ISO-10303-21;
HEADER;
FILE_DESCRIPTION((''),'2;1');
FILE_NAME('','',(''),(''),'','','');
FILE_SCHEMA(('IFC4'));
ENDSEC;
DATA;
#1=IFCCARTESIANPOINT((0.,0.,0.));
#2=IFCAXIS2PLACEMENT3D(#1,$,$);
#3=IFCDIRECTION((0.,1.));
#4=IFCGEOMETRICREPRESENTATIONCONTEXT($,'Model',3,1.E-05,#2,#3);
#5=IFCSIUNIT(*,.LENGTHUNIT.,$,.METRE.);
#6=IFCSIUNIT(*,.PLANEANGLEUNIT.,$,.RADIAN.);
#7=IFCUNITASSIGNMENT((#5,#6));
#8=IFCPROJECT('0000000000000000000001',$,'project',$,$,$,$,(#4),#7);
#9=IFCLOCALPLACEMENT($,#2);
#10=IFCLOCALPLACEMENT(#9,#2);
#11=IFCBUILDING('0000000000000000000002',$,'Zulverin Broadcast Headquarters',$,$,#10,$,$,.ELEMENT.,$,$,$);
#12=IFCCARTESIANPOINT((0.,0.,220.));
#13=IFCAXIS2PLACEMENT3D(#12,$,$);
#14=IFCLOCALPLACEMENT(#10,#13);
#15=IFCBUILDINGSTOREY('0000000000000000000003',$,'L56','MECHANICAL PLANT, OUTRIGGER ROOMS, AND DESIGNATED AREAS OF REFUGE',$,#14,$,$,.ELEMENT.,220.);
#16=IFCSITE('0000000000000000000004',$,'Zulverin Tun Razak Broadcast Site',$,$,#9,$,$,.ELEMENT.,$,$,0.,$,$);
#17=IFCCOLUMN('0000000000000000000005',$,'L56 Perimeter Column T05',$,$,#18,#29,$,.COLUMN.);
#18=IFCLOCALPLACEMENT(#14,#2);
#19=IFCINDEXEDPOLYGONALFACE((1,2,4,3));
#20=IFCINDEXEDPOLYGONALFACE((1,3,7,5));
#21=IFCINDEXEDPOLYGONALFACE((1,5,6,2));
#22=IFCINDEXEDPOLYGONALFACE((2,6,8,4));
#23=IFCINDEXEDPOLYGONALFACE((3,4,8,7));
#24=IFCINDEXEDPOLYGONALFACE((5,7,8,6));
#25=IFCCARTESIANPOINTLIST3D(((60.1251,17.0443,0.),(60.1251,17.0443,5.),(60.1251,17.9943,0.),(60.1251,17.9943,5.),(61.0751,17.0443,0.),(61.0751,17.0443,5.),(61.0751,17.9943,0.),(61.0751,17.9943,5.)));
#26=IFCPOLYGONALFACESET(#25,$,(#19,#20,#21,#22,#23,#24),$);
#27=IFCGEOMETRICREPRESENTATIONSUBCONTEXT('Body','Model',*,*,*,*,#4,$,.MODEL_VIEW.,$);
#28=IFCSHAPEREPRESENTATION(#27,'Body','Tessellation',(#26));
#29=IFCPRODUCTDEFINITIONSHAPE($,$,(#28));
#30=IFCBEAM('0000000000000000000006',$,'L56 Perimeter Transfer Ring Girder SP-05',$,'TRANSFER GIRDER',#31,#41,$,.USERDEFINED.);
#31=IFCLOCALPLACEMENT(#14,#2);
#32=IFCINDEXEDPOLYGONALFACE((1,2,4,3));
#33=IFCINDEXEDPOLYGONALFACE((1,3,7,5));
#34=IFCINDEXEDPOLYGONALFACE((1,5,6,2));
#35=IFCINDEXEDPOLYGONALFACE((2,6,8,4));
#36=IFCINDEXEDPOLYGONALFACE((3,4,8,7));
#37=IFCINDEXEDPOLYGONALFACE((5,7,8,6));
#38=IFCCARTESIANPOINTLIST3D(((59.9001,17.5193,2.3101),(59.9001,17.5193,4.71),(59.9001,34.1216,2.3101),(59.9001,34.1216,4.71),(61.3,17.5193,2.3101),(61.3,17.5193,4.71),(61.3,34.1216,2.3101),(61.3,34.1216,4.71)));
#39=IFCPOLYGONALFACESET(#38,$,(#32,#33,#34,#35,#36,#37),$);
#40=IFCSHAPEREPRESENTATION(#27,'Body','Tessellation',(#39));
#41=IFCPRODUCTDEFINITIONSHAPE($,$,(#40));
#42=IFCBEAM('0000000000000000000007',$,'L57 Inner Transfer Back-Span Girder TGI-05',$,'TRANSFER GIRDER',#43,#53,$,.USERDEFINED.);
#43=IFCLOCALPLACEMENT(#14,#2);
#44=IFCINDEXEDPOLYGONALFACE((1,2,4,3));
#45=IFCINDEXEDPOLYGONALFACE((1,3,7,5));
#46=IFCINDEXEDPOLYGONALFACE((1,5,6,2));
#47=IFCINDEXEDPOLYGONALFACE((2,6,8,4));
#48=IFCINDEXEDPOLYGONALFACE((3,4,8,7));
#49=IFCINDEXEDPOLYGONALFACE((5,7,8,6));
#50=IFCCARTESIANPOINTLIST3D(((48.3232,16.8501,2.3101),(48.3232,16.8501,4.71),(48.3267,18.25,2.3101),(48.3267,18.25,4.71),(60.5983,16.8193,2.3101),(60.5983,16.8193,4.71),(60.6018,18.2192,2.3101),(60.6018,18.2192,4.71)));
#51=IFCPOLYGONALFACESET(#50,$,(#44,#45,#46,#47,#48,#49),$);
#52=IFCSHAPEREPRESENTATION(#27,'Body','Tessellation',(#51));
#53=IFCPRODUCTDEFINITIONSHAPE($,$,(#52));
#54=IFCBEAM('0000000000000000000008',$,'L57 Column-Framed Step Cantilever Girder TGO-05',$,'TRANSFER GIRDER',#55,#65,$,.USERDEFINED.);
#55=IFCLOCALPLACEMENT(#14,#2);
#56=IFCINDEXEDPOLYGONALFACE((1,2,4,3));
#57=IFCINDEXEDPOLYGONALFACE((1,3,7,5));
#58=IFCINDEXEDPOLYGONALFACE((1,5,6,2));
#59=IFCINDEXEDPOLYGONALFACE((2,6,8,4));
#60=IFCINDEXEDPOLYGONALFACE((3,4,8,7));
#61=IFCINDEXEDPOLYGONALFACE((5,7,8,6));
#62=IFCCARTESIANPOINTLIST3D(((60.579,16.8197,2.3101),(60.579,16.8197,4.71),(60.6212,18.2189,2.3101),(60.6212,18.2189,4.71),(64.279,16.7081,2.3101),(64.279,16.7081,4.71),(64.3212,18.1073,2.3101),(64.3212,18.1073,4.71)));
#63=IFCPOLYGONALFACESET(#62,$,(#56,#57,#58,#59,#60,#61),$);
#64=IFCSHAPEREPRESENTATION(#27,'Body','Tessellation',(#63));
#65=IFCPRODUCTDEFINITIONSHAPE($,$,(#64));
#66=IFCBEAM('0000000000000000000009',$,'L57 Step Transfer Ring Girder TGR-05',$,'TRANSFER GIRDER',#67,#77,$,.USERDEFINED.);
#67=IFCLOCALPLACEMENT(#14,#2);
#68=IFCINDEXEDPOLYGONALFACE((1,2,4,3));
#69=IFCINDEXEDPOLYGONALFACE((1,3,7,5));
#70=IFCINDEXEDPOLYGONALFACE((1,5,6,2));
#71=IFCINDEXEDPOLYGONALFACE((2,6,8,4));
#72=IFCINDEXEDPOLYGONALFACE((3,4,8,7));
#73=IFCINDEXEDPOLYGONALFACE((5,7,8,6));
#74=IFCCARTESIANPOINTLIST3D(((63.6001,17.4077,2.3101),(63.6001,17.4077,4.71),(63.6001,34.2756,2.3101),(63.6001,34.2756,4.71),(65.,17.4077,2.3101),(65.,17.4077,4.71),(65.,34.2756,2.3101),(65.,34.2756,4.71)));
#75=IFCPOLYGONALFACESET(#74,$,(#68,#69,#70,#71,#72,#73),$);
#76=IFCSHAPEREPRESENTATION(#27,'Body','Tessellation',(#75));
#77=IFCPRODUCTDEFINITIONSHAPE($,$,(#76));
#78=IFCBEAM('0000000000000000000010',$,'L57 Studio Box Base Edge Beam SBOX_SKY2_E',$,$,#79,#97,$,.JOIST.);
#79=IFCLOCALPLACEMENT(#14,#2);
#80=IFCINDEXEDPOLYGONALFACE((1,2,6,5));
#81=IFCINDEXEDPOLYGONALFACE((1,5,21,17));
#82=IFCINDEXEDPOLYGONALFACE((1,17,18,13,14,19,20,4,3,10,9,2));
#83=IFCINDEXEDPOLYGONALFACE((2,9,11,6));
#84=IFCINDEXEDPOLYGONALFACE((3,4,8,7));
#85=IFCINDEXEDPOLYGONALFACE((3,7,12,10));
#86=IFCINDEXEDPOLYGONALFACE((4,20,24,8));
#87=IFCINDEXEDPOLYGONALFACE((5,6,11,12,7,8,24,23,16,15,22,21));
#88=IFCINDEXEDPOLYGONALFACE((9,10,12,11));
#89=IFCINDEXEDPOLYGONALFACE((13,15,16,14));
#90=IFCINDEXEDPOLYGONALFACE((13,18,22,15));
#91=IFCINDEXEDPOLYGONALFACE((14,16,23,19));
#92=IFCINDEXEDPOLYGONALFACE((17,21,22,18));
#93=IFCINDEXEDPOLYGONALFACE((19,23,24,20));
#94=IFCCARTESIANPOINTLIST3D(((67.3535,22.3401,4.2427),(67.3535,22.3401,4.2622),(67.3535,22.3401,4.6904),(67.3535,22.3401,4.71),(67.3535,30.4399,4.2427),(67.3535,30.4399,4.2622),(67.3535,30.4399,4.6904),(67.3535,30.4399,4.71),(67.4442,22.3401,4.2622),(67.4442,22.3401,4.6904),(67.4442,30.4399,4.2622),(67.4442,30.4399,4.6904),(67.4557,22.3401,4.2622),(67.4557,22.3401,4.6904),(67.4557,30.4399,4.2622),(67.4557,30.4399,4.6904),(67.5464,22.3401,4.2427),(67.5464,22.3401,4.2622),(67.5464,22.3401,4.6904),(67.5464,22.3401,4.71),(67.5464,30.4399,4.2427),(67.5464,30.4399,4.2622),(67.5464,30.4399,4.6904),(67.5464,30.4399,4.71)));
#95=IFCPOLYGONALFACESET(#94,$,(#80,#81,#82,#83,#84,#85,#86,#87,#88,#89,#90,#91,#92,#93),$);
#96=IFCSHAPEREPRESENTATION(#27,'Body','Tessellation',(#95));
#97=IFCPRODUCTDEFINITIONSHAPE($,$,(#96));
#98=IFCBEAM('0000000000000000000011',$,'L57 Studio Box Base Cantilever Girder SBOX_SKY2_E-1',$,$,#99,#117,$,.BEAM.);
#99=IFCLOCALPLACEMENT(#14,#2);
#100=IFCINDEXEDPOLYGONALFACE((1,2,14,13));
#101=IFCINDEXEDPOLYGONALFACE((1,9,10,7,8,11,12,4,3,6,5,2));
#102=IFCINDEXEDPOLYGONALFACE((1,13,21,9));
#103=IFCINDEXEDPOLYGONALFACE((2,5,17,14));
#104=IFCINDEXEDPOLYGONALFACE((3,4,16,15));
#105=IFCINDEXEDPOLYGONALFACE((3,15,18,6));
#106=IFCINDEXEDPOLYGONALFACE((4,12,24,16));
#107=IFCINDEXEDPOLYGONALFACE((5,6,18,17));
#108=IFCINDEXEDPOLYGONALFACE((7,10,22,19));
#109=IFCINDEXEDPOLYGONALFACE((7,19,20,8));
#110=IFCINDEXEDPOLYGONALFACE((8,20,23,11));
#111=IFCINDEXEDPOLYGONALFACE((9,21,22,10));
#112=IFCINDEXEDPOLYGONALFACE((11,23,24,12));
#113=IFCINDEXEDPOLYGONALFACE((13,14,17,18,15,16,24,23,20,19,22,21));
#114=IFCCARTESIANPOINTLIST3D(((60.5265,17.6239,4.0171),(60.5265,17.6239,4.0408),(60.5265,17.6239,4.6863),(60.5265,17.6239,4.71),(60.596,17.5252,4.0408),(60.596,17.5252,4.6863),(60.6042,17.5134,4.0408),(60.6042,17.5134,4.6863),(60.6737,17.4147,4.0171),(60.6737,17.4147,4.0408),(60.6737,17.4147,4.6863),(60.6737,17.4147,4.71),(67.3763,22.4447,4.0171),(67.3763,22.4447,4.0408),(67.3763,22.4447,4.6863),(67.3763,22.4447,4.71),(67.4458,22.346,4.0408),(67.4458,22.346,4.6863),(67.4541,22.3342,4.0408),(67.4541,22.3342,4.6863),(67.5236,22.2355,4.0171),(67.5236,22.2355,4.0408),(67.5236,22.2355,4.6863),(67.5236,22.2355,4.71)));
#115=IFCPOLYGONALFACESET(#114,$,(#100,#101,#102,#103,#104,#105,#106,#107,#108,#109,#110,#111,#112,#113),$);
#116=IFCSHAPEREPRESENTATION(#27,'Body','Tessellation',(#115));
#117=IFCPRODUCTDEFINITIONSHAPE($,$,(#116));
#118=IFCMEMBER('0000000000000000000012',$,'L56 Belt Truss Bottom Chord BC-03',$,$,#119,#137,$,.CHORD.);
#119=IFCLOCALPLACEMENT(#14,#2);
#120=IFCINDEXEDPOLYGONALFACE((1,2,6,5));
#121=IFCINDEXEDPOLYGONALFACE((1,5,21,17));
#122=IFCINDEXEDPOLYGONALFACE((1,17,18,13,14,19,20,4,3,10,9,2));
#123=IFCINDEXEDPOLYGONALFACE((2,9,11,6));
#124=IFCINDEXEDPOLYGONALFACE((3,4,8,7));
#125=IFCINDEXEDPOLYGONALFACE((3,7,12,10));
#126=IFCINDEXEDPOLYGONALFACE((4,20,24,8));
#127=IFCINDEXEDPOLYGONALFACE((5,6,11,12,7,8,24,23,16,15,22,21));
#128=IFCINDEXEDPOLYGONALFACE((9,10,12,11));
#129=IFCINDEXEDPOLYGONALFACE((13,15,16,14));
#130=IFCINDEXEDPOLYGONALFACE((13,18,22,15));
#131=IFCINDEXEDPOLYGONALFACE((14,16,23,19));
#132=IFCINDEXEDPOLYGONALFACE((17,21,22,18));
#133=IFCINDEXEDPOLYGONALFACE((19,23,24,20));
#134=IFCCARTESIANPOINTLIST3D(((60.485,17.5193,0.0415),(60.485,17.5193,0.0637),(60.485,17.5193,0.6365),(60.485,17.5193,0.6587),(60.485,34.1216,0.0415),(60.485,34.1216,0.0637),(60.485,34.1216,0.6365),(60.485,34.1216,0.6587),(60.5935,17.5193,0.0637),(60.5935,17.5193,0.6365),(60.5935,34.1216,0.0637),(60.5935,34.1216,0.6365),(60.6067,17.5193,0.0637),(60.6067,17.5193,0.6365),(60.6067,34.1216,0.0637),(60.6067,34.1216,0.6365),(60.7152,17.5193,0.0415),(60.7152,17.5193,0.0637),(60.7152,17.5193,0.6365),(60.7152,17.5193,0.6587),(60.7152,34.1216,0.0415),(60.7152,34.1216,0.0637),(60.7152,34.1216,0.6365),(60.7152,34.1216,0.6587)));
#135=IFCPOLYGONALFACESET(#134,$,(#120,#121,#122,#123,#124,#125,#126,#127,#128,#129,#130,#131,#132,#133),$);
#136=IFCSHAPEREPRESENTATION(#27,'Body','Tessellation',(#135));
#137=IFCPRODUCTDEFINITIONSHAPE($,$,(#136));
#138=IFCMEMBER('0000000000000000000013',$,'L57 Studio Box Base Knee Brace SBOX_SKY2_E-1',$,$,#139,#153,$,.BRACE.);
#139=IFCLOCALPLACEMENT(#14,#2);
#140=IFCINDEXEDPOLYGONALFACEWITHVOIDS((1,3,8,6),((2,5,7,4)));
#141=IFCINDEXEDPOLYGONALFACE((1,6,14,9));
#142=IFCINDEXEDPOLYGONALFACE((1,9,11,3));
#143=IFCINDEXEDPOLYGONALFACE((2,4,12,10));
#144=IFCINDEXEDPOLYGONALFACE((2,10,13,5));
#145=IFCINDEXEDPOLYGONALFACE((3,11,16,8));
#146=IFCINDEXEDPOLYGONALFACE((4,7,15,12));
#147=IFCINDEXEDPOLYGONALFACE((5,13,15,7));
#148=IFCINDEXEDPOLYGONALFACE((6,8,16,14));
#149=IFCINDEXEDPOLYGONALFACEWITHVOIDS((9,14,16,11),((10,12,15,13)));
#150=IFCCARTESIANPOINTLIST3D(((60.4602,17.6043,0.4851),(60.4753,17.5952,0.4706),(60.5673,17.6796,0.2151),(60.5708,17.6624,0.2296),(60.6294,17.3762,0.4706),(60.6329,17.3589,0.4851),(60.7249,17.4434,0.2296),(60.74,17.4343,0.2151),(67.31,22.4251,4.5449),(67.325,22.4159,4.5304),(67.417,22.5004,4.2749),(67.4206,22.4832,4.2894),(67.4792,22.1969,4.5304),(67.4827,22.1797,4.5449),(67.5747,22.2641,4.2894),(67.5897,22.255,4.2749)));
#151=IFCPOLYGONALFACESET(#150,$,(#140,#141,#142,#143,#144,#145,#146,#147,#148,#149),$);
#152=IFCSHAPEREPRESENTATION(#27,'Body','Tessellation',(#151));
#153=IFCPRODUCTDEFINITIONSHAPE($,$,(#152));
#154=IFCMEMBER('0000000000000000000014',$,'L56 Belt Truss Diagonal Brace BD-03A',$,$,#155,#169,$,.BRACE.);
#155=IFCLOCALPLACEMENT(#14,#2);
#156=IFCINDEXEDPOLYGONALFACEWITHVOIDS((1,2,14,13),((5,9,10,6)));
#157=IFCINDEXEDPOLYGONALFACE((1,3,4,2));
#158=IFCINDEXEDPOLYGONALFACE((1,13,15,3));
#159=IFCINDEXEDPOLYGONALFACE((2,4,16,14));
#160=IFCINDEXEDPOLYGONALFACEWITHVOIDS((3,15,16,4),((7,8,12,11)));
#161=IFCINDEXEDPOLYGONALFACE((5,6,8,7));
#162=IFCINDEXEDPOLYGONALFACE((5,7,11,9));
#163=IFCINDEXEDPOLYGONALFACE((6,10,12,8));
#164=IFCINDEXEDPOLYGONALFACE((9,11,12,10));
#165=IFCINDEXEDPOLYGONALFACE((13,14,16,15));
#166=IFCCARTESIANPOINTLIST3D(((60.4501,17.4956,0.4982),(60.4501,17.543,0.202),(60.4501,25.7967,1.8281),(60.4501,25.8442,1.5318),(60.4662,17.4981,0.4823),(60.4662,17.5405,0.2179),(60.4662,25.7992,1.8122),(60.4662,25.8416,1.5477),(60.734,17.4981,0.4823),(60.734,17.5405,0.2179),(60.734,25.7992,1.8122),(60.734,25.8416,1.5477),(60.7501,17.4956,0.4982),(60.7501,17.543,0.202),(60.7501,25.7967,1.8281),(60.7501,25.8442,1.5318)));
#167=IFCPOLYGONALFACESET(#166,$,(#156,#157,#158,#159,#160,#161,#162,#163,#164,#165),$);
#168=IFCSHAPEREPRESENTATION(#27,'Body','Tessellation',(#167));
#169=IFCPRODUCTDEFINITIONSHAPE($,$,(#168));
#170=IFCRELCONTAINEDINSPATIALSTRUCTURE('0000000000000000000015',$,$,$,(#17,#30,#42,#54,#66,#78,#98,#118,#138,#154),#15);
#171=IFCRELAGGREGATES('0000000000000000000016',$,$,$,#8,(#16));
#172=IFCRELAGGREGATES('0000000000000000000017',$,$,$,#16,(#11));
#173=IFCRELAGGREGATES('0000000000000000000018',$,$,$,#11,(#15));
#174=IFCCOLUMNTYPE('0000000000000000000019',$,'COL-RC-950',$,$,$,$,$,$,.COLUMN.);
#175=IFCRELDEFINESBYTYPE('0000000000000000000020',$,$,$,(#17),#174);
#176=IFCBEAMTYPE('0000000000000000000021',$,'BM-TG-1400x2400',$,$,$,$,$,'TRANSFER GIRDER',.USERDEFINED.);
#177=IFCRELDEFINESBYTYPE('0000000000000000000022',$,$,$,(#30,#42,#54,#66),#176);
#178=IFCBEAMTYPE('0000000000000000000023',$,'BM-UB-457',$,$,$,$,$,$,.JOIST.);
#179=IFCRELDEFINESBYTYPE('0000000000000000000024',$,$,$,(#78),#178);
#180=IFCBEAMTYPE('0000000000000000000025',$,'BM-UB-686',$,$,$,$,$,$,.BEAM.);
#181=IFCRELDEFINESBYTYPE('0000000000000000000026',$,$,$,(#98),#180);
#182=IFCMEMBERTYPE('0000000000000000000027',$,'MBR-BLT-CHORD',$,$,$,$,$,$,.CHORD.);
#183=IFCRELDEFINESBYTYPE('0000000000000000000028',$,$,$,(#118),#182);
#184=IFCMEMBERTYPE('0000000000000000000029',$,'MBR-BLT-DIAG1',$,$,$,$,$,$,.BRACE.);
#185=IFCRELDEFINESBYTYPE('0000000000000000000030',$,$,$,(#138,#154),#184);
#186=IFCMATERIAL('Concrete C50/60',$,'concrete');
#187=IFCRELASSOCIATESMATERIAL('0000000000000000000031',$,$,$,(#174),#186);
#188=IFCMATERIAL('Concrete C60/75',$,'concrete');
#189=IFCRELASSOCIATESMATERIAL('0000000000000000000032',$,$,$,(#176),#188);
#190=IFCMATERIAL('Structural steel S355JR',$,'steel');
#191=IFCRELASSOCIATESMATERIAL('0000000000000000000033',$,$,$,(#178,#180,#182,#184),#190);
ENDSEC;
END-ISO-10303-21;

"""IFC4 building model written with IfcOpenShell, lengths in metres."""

from ifc_helpers import new_model, si_unit, direction, frame, origin, origin_2d, place, context, subcontext, project, spatial, rectangle, hollow_rectangle, i_section, extrude, material, material_profile, profile_set, type_object, element, save


model = new_model("IFC4")

# Units and contexts
model_context = context("Model", 3, precision=1e-05, world=origin(), true_north=direction((0.0, 1.0)))
body_context = subcontext(model_context, "Body", "Model", "MODEL_VIEW")
ifc_project = project(units=[si_unit("LENGTHUNIT", "METRE"), si_unit("PLANEANGLEUNIT", "RADIAN")], contexts=[model_context])

# Site, building, storey
site_placement = place(None, origin())
site = spatial("IfcSite", under=ifc_project, at=site_placement, Name="Zulverin Tun Razak Broadcast Site", CompositionType="ELEMENT", RefElevation=0.0)
building_placement = place(site_placement, origin())
building = spatial("IfcBuilding", under=site, at=building_placement, Name="Zulverin Broadcast Headquarters", CompositionType="ELEMENT")
storey_placement = place(building_placement, frame((0.0, 0.0, 220.0)))
storey = spatial("IfcBuildingStorey", under=building, at=storey_placement, Name="L56", Description="MECHANICAL PLANT, OUTRIGGER ROOMS, AND DESIGNATED AREAS OF REFUGE", CompositionType="ELEMENT", Elevation=220.0)

# Column
ifc_material_1 = material(Name="Concrete C50/60", Category="concrete")
ifc_material_profile_1 = material_profile(ifc_material_1, rectangle(XDim=0.95, YDim=0.95, at=origin_2d()), Name="Concrete C50/60", Category="concrete")
ifc_profile_set_1 = profile_set([ifc_material_profile_1], Name="Concrete C50/60")
column_type = type_object("IfcColumnType", Name="COL-RC-950", PredefinedType="COLUMN", material=ifc_profile_set_1)
column_placement = place(storey_placement, frame((60.6001, 17.5193, 0.0), z_axis=(0.0, 0.0, 1.0), x_axis=(1.0, 0.0, 0.0)))
element("IfcColumn", 1, at=column_placement, inside=storey, type_object=column_type, Name="L56 Perimeter Column T05", PredefinedType="COLUMN", context=body_context, shape_type="SweptSolid", body=[
    extrude(rectangle(XDim=0.95, YDim=0.95, at=origin_2d()), origin(), (0.0, 0.0, 1.0), 5.0),
])

# Beams
ifc_material_2 = material(Name="Concrete C60/75", Category="concrete")
ifc_material_profile_2 = material_profile(ifc_material_2, rectangle(XDim=1.3999, YDim=2.3999, at=origin_2d()), Name="Concrete C60/75", Category="concrete")
ifc_profile_set_2 = profile_set([ifc_material_profile_2], Name="Concrete C60/75")
beam_type_1 = type_object("IfcBeamType", Name="BM-TG-1400x2400", ElementType="TRANSFER GIRDER", PredefinedType="USERDEFINED", material=ifc_profile_set_2)
beam_1_placement = place(storey_placement, frame((60.6001, 17.5193, 3.51), z_axis=(0.0, 1.0, 0.0), x_axis=(-1.0, 0.0, 0.0)))
element("IfcBeam", 2, at=beam_1_placement, inside=storey, type_object=beam_type_1, Name="L56 Perimeter Transfer Ring Girder SP-05", ObjectType="TRANSFER GIRDER", PredefinedType="USERDEFINED", context=body_context, shape_type="SweptSolid", body=[
    extrude(rectangle(XDim=1.3999, YDim=2.3999, at=origin_2d()), origin(), (0.0, 0.0, 1.0), 16.6023),
])
beam_2_placement = place(storey_placement, frame((48.325, 17.55, 3.51), z_axis=(0.999997, -0.002506, 0.0), x_axis=(0.002506, 0.999997, 0.0)))
element("IfcBeam", 3, at=beam_2_placement, inside=storey, type_object=beam_type_1, Name="L57 Inner Transfer Back-Span Girder TGI-05", ObjectType="TRANSFER GIRDER", PredefinedType="USERDEFINED", context=body_context, shape_type="SweptSolid", body=[
    extrude(rectangle(XDim=1.3999, YDim=2.3999, at=origin_2d()), origin(), (0.0, 0.0, 1.0), 12.2751),
])
beam_3_placement = place(storey_placement, frame((60.6001, 17.5193, 3.51), z_axis=(0.999546, -0.030141, 0.0), x_axis=(0.030141, 0.999546, 0.0)))
element("IfcBeam", 4, at=beam_3_placement, inside=storey, type_object=beam_type_1, Name="L57 Column-Framed Step Cantilever Girder TGO-05", ObjectType="TRANSFER GIRDER", PredefinedType="USERDEFINED", context=body_context, shape_type="SweptSolid", body=[
    extrude(rectangle(XDim=1.3999, YDim=2.3999, at=origin_2d()), origin(), (0.0, 0.0, 1.0), 3.7017),
])
beam_4_placement = place(storey_placement, frame((64.3, 17.4077, 3.51), z_axis=(0.0, 1.0, 0.0), x_axis=(-1.0, 0.0, 0.0)))
element("IfcBeam", 5, at=beam_4_placement, inside=storey, type_object=beam_type_1, Name="L57 Step Transfer Ring Girder TGR-05", ObjectType="TRANSFER GIRDER", PredefinedType="USERDEFINED", context=body_context, shape_type="SweptSolid", body=[
    extrude(rectangle(XDim=1.3999, YDim=2.3999, at=origin_2d()), origin(), (0.0, 0.0, 1.0), 16.8679),
])
ifc_material_3 = material(Name="Structural steel S355JR", Category="steel")
ifc_material_profile_3 = material_profile(ifc_material_3, i_section(OverallWidth=0.1929, OverallDepth=0.4673, WebThickness=0.0115, FlangeThickness=0.0195, at=origin_2d()), Name="Structural steel S355JR", Category="steel")
ifc_profile_set_3 = profile_set([ifc_material_profile_3], Name="Structural steel S355JR")
beam_type_2 = type_object("IfcBeamType", Name="BM-UB-457", PredefinedType="JOIST", material=ifc_profile_set_3)
beam_5_placement = place(storey_placement, frame((67.45, 22.3401, 4.4763), z_axis=(0.0, 1.0, 0.0), x_axis=(-1.0, 0.0, 0.0)))
element("IfcBeam", 6, at=beam_5_placement, inside=storey, type_object=beam_type_2, Name="L57 Studio Box Base Edge Beam SBOX_SKY2_E", PredefinedType="JOIST", context=body_context, shape_type="SweptSolid", body=[
    extrude(i_section(OverallWidth=0.1929, OverallDepth=0.4673, WebThickness=0.0115, FlangeThickness=0.0195, at=origin_2d()), origin(), (0.0, 0.0, 1.0), 8.0999),
])
ifc_material_profile_4 = material_profile(ifc_material_3, i_section(OverallWidth=0.2559, OverallDepth=0.6929, WebThickness=0.0144, FlangeThickness=0.0237, at=origin_2d()), Name="Structural steel S355JR", Category="steel")
ifc_profile_set_4 = profile_set([ifc_material_profile_4], Name="Structural steel S355JR")
beam_type_3 = type_object("IfcBeamType", Name="BM-UB-686", PredefinedType="BEAM", material=ifc_profile_set_4)
beam_6_placement = place(storey_placement, frame((60.6001, 17.5193, 4.3635), z_axis=(0.817776, 0.575536, 0.0), x_axis=(-0.575536, 0.817776, 0.0)))
element("IfcBeam", 7, at=beam_6_placement, inside=storey, type_object=beam_type_3, Name="L57 Studio Box Base Cantilever Girder SBOX_SKY2_E-1", PredefinedType="BEAM", context=body_context, shape_type="SweptSolid", body=[
    extrude(i_section(OverallWidth=0.2559, OverallDepth=0.6929, WebThickness=0.0144, FlangeThickness=0.0237, at=origin_2d()), origin(), (0.0, 0.0, 1.0), 8.3762),
])

# Members
ifc_material_profile_5 = material_profile(ifc_material_3, i_section(OverallWidth=0.2302, OverallDepth=0.6172, WebThickness=0.0132, FlangeThickness=0.0222, at=origin_2d()), Name="Structural steel S355JR", Category="steel")
ifc_profile_set_5 = profile_set([ifc_material_profile_5], Name="Structural steel S355JR")
member_type_1 = type_object("IfcMemberType", Name="MBR-BLT-CHORD", PredefinedType="CHORD", material=ifc_profile_set_5)
member_1_placement = place(storey_placement, frame((60.6001, 17.5193, 0.3501), z_axis=(0.0, 1.0, 0.0), x_axis=(-1.0, 0.0, 0.0)))
element("IfcMember", 8, at=member_1_placement, inside=storey, type_object=member_type_1, Name="L56 Belt Truss Bottom Chord BC-03", PredefinedType="CHORD", context=body_context, shape_type="SweptSolid", body=[
    extrude(i_section(OverallWidth=0.2302, OverallDepth=0.6172, WebThickness=0.0132, FlangeThickness=0.0222, at=origin_2d()), origin(), (0.0, 0.0, 1.0), 16.6023),
])
ifc_material_profile_6 = material_profile(ifc_material_3, hollow_rectangle(XDim=0.3, YDim=0.3, WallThickness=0.0161, at=origin_2d()), Name="Structural steel S355JR", Category="steel")
ifc_profile_set_6 = profile_set([ifc_material_profile_6], Name="Structural steel S355JR")
member_type_2 = type_object("IfcMemberType", Name="MBR-BLT-DIAG1", PredefinedType="BRACE", material=ifc_profile_set_6)
member_2_placement = place(storey_placement, frame((60.6001, 17.5193, 0.3501), z_axis=(0.735894, 0.517909, 0.436154), x_axis=(-0.575536, 0.817776, 0.0)))
element("IfcMember", 9, at=member_2_placement, inside=storey, type_object=member_type_2, Name="L57 Studio Box Base Knee Brace SBOX_SKY2_E-1", PredefinedType="BRACE", context=body_context, shape_type="SweptSolid", body=[
    extrude(hollow_rectangle(XDim=0.3, YDim=0.3, WallThickness=0.0161, at=origin_2d()), origin(), (0.0, 0.0, 1.0), 9.3081),
])
member_3_placement = place(storey_placement, frame((60.6001, 17.5193, 0.3501), z_axis=(0.0, 0.98741, 0.158184), x_axis=(-1.0, 0.0, 0.0)))
element("IfcMember", 10, at=member_3_placement, inside=storey, type_object=member_type_2, Name="L56 Belt Truss Diagonal Brace BD-03A", PredefinedType="BRACE", context=body_context, shape_type="SweptSolid", body=[
    extrude(hollow_rectangle(XDim=0.3, YDim=0.3, WallThickness=0.0161, at=origin_2d()), origin(), (0.0, 0.0, 1.0), 8.407),
])

save(model, "model.ifc")
